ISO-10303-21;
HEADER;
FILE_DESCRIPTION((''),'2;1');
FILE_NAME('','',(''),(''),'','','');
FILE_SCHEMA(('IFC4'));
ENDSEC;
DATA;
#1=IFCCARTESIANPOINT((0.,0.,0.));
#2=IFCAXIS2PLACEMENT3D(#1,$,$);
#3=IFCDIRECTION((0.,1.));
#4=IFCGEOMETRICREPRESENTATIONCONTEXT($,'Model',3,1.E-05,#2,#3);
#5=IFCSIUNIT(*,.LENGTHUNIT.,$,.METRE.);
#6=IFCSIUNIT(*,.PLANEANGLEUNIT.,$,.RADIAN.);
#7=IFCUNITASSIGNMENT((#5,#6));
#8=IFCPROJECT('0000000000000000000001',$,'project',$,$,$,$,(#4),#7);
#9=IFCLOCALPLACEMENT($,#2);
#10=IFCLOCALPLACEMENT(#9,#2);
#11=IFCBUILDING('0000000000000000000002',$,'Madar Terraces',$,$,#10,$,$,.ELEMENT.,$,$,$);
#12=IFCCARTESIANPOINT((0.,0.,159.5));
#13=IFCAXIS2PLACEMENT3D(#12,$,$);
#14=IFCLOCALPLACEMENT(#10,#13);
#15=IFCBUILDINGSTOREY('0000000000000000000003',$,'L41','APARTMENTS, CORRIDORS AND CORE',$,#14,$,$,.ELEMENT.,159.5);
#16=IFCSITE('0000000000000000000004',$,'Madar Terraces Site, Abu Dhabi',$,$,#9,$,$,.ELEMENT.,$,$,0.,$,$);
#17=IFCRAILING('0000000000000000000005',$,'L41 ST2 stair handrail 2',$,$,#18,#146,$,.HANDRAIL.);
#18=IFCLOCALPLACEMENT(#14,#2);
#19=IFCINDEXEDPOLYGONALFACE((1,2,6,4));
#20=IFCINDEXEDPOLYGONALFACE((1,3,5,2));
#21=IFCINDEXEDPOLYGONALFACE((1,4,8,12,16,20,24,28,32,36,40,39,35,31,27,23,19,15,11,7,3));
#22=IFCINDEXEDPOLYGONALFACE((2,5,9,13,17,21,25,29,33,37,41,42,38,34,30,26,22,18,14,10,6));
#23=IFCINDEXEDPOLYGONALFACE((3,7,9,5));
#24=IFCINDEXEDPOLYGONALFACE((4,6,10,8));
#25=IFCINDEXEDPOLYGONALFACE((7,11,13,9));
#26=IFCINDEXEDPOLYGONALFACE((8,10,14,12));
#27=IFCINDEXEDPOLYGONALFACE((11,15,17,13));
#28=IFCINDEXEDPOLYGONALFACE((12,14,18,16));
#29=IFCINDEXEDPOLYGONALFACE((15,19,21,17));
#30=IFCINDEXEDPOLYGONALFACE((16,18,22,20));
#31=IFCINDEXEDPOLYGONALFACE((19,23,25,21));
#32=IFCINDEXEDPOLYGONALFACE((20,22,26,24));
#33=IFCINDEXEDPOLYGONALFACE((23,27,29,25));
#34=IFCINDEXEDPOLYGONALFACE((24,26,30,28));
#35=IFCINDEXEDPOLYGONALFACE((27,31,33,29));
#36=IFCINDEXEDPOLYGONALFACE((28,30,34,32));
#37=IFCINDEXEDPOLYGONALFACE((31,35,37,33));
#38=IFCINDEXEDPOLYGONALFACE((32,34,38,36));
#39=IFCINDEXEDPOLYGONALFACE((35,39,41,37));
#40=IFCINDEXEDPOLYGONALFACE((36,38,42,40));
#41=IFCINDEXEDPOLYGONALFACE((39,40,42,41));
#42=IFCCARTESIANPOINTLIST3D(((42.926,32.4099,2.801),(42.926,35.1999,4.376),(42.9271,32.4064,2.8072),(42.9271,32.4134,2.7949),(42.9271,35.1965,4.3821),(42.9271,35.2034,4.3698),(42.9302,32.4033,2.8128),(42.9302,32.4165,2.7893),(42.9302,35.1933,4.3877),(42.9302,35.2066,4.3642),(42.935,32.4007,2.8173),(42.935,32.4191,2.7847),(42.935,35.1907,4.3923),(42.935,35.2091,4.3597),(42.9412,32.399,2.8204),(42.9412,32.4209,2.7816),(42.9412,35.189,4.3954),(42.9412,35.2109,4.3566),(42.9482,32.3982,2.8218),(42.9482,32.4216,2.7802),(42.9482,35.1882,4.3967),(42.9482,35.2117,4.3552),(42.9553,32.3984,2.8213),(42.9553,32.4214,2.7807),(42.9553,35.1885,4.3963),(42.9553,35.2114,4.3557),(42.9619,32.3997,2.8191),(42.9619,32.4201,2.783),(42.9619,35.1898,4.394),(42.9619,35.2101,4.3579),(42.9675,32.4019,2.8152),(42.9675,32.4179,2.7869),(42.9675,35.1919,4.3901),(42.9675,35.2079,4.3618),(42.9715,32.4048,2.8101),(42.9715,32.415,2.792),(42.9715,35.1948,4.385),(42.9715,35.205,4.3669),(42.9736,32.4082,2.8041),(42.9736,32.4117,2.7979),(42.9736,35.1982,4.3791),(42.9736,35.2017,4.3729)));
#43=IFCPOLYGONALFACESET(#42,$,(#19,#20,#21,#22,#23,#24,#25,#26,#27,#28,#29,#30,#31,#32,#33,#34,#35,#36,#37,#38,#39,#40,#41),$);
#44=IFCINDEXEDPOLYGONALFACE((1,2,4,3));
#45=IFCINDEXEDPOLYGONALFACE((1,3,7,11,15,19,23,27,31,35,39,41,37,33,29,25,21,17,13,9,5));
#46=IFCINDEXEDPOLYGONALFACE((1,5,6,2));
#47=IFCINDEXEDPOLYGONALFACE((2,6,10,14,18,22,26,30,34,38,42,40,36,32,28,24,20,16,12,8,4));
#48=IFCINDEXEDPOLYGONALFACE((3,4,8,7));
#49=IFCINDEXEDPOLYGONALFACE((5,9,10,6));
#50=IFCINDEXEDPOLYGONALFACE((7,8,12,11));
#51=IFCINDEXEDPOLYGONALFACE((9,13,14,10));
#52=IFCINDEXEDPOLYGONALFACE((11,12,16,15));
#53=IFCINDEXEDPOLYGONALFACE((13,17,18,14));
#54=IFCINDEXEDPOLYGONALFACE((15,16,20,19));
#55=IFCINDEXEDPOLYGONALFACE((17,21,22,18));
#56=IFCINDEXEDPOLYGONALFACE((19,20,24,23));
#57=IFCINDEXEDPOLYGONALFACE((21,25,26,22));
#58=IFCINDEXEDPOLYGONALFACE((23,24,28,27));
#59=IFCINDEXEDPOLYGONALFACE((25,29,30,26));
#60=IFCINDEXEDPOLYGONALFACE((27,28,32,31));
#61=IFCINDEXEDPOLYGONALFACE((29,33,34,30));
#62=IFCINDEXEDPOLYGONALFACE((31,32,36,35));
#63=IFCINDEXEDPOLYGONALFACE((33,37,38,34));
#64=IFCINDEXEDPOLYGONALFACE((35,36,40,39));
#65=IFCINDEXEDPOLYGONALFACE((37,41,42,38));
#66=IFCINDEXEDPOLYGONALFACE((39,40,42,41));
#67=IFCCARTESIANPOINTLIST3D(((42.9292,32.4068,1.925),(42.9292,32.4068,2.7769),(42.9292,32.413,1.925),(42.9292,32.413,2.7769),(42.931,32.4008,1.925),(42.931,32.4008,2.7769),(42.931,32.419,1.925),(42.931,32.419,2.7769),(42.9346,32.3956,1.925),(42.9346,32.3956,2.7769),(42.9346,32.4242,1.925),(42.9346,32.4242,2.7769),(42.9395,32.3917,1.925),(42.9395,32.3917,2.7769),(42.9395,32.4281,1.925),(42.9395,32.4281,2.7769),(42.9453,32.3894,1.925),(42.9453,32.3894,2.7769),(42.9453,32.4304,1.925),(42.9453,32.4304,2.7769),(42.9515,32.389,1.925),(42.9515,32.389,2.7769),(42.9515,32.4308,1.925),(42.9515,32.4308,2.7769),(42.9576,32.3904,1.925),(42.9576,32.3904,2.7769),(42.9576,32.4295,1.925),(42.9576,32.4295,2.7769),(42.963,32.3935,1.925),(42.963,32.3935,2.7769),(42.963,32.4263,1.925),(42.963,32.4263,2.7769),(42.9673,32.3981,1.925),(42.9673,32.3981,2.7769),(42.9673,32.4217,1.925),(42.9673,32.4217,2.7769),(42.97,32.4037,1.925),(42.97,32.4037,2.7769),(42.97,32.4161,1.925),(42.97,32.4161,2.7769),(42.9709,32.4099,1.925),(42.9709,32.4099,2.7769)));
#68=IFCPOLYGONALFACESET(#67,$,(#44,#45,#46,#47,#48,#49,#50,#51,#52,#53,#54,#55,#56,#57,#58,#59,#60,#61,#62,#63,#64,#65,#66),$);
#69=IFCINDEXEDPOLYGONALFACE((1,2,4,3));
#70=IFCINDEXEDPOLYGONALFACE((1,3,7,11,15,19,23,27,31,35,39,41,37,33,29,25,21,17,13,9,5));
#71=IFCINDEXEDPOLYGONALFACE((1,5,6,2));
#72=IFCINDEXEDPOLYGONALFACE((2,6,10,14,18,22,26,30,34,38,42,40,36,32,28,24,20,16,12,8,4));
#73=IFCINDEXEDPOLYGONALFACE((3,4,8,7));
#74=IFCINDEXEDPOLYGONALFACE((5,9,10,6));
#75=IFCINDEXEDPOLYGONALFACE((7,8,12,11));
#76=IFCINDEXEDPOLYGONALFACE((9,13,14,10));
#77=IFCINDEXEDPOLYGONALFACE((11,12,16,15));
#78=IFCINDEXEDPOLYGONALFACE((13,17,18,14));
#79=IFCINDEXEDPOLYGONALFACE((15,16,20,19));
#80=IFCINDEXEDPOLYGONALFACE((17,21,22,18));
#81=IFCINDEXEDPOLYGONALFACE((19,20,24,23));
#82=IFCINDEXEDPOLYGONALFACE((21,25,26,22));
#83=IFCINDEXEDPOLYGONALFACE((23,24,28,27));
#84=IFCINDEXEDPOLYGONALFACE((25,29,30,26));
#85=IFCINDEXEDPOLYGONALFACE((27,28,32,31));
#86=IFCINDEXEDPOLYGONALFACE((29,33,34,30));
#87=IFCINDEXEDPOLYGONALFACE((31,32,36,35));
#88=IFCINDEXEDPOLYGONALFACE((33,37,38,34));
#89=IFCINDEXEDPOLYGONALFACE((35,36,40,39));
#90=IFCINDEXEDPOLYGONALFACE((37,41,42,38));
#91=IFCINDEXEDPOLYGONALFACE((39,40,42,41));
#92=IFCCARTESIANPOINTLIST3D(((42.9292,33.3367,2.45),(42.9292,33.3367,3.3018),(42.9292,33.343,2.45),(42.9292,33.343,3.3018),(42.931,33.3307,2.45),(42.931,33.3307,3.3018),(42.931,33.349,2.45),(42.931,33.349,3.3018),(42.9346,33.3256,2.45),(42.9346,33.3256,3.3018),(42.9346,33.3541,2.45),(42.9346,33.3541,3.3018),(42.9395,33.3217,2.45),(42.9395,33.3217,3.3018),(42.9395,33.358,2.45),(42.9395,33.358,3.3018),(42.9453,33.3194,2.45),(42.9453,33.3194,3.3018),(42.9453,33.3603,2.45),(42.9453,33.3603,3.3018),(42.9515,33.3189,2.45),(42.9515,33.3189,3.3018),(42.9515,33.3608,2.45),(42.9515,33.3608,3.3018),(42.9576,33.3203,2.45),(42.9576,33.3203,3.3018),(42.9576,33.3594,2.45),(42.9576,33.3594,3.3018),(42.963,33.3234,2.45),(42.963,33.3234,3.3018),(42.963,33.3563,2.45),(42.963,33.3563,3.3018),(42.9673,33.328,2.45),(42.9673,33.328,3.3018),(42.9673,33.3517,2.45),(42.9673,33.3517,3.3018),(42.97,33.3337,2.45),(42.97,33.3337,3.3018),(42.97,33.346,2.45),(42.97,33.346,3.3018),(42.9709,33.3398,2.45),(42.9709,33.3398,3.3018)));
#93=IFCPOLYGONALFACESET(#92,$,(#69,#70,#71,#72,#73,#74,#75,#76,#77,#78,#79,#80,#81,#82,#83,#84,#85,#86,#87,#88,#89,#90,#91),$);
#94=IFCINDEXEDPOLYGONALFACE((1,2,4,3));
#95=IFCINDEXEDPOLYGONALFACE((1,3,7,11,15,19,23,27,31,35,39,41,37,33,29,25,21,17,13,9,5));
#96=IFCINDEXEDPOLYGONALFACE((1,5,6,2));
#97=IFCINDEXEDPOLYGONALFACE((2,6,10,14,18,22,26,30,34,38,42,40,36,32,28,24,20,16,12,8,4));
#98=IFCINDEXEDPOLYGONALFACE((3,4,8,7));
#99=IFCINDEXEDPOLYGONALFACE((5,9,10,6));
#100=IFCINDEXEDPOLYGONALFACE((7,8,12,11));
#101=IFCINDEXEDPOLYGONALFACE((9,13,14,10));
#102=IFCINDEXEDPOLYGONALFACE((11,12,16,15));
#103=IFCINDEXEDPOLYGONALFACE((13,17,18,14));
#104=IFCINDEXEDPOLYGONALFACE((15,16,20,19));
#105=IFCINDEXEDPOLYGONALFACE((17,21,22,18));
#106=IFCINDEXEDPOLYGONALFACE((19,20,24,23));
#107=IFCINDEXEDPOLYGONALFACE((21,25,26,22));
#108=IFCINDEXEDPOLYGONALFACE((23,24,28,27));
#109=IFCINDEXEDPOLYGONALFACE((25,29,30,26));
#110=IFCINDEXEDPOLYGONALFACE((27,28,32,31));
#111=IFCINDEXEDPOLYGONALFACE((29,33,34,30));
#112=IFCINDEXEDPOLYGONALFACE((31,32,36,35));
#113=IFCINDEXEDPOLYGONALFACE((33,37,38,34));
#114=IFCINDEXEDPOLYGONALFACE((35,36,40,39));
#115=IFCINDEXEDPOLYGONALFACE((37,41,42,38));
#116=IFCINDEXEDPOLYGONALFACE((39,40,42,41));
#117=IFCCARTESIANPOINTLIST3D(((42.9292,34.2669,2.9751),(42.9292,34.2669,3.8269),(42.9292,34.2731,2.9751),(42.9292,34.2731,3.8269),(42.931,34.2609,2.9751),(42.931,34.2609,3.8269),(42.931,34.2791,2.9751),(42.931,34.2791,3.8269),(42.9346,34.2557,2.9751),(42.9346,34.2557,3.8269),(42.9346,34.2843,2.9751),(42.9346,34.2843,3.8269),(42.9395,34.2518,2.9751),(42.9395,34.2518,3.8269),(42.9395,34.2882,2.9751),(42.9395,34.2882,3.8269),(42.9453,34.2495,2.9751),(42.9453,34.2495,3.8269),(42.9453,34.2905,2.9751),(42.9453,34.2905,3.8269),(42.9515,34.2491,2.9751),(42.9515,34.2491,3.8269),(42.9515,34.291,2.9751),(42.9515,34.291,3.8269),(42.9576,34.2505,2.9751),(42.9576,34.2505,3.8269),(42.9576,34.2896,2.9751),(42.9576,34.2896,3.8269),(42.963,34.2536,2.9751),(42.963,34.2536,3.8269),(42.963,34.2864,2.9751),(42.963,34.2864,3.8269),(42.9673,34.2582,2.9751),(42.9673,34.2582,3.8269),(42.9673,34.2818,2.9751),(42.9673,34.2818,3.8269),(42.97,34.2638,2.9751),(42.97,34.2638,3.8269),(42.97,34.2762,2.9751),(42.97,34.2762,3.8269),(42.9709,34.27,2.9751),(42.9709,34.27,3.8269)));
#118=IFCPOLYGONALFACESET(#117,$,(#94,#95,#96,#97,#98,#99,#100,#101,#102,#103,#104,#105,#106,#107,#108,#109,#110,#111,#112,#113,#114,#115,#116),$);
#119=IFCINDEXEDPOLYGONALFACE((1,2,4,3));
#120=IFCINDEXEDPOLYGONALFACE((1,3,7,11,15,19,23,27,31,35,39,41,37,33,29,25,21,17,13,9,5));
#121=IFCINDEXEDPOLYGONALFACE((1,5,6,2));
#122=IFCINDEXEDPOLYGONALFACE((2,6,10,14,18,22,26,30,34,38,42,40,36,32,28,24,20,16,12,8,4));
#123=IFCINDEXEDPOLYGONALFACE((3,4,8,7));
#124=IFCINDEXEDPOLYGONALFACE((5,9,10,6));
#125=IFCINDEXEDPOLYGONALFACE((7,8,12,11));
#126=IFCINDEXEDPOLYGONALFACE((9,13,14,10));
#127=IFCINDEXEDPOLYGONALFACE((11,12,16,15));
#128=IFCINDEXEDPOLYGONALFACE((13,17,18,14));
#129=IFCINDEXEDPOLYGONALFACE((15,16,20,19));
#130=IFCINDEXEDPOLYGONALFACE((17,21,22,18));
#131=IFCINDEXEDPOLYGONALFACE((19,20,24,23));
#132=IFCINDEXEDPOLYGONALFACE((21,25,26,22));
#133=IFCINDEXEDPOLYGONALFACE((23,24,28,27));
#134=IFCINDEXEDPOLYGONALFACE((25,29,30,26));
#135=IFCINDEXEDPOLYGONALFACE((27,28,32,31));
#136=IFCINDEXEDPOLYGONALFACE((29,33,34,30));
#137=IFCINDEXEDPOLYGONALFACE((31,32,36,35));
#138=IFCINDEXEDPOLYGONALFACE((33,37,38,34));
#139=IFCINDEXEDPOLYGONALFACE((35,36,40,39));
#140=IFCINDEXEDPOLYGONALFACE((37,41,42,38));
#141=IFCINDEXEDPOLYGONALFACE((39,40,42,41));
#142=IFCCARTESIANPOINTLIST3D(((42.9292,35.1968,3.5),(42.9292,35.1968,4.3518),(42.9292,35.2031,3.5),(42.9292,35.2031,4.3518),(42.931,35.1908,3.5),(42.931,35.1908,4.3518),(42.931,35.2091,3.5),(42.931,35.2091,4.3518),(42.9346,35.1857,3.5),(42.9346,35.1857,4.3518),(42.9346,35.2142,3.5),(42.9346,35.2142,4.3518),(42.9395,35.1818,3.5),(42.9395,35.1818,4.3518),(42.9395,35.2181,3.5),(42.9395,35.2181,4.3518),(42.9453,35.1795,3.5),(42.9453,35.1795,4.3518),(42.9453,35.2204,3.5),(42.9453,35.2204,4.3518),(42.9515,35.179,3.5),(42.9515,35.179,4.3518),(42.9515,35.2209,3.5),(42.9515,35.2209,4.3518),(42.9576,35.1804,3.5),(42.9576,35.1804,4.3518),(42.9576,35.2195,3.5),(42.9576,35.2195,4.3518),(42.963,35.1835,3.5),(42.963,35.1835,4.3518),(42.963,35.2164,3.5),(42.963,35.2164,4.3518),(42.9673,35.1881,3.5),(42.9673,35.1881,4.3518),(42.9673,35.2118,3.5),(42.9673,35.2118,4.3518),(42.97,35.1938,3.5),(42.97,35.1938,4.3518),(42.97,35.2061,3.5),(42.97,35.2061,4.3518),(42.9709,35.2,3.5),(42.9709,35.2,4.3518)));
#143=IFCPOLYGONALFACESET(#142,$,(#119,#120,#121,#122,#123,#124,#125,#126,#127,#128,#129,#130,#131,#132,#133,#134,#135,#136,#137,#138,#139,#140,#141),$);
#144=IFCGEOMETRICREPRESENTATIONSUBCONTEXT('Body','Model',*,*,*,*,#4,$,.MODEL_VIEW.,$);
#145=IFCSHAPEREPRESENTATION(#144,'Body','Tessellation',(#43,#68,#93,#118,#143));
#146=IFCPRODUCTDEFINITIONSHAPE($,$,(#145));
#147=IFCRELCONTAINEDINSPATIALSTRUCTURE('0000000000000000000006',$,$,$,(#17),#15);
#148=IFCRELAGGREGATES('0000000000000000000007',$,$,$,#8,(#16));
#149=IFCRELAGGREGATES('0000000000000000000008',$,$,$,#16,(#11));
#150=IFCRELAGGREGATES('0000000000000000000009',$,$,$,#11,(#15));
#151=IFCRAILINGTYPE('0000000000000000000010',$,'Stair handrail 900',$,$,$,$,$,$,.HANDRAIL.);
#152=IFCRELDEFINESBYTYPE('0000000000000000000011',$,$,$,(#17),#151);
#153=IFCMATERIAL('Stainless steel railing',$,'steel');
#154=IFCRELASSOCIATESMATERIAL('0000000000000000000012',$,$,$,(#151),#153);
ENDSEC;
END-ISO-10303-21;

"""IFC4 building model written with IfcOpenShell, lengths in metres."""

from ifc_helpers import new_model, si_unit, direction, frame, origin, origin_2d, place, context, subcontext, project, spatial, circle, extrude, material, type_object, element, save


model = new_model("IFC4")

# Units and contexts
model_context = context("Model", 3, precision=1e-05, world=origin(), true_north=direction((0.0, 1.0)))
body_context = subcontext(model_context, "Body", "Model", "MODEL_VIEW")
ifc_project = project(units=[si_unit("LENGTHUNIT", "METRE"), si_unit("PLANEANGLEUNIT", "RADIAN")], contexts=[model_context])

# Site, building, storey
site_placement = place(None, origin())
site = spatial("IfcSite", under=ifc_project, at=site_placement, Name="Madar Terraces Site, Abu Dhabi", CompositionType="ELEMENT", RefElevation=0.0)
building_placement = place(site_placement, origin())
building = spatial("IfcBuilding", under=site, at=building_placement, Name="Madar Terraces", CompositionType="ELEMENT")
storey_placement = place(building_placement, frame((0.0, 0.0, 159.5)))
storey = spatial("IfcBuildingStorey", under=building, at=storey_placement, Name="L41", Description="APARTMENTS, CORRIDORS AND CORE", CompositionType="ELEMENT", Elevation=159.5)

# Railing
ifc_material_1 = material(Name="Stainless steel railing", Category="steel")
railing_type_1 = type_object("IfcRailingType", Name="Stair handrail 900", PredefinedType="HANDRAIL", material=ifc_material_1)
railing_1_placement = place(storey_placement, frame((42.95, 32.4099, 1.925)))
element("IfcRailing", 1, at=railing_1_placement, inside=storey, type_object=railing_type_1, Name="L41 ST2 stair handrail 2", PredefinedType="HANDRAIL", context=body_context, shape_type="SweptSolid", body=[
    extrude(circle(Radius=0.0239, at=origin_2d()), frame((0.0, 0.0, 0.876), z_axis=(0.0, 0.870834, 0.491578), x_axis=(-1.0, 0.0, 0.0)), (0.0, 0.0, 1.0), 3.2039),
    extrude(circle(Radius=0.021, at=origin_2d()), origin(), (0.0, 0.0, 1.0), 0.8518),
    extrude(circle(Radius=0.021, at=origin_2d()), frame((0.0, 0.9299, 0.5249)), (0.0, 0.0, 1.0), 0.8518),
    extrude(circle(Radius=0.021, at=origin_2d()), frame((0.0, 1.8601, 1.05)), (0.0, 0.0, 1.0), 0.8518),
    extrude(circle(Radius=0.021, at=origin_2d()), frame((0.0, 2.79, 1.575)), (0.0, 0.0, 1.0), 0.8518),
])

save(model, "model.ifc")
